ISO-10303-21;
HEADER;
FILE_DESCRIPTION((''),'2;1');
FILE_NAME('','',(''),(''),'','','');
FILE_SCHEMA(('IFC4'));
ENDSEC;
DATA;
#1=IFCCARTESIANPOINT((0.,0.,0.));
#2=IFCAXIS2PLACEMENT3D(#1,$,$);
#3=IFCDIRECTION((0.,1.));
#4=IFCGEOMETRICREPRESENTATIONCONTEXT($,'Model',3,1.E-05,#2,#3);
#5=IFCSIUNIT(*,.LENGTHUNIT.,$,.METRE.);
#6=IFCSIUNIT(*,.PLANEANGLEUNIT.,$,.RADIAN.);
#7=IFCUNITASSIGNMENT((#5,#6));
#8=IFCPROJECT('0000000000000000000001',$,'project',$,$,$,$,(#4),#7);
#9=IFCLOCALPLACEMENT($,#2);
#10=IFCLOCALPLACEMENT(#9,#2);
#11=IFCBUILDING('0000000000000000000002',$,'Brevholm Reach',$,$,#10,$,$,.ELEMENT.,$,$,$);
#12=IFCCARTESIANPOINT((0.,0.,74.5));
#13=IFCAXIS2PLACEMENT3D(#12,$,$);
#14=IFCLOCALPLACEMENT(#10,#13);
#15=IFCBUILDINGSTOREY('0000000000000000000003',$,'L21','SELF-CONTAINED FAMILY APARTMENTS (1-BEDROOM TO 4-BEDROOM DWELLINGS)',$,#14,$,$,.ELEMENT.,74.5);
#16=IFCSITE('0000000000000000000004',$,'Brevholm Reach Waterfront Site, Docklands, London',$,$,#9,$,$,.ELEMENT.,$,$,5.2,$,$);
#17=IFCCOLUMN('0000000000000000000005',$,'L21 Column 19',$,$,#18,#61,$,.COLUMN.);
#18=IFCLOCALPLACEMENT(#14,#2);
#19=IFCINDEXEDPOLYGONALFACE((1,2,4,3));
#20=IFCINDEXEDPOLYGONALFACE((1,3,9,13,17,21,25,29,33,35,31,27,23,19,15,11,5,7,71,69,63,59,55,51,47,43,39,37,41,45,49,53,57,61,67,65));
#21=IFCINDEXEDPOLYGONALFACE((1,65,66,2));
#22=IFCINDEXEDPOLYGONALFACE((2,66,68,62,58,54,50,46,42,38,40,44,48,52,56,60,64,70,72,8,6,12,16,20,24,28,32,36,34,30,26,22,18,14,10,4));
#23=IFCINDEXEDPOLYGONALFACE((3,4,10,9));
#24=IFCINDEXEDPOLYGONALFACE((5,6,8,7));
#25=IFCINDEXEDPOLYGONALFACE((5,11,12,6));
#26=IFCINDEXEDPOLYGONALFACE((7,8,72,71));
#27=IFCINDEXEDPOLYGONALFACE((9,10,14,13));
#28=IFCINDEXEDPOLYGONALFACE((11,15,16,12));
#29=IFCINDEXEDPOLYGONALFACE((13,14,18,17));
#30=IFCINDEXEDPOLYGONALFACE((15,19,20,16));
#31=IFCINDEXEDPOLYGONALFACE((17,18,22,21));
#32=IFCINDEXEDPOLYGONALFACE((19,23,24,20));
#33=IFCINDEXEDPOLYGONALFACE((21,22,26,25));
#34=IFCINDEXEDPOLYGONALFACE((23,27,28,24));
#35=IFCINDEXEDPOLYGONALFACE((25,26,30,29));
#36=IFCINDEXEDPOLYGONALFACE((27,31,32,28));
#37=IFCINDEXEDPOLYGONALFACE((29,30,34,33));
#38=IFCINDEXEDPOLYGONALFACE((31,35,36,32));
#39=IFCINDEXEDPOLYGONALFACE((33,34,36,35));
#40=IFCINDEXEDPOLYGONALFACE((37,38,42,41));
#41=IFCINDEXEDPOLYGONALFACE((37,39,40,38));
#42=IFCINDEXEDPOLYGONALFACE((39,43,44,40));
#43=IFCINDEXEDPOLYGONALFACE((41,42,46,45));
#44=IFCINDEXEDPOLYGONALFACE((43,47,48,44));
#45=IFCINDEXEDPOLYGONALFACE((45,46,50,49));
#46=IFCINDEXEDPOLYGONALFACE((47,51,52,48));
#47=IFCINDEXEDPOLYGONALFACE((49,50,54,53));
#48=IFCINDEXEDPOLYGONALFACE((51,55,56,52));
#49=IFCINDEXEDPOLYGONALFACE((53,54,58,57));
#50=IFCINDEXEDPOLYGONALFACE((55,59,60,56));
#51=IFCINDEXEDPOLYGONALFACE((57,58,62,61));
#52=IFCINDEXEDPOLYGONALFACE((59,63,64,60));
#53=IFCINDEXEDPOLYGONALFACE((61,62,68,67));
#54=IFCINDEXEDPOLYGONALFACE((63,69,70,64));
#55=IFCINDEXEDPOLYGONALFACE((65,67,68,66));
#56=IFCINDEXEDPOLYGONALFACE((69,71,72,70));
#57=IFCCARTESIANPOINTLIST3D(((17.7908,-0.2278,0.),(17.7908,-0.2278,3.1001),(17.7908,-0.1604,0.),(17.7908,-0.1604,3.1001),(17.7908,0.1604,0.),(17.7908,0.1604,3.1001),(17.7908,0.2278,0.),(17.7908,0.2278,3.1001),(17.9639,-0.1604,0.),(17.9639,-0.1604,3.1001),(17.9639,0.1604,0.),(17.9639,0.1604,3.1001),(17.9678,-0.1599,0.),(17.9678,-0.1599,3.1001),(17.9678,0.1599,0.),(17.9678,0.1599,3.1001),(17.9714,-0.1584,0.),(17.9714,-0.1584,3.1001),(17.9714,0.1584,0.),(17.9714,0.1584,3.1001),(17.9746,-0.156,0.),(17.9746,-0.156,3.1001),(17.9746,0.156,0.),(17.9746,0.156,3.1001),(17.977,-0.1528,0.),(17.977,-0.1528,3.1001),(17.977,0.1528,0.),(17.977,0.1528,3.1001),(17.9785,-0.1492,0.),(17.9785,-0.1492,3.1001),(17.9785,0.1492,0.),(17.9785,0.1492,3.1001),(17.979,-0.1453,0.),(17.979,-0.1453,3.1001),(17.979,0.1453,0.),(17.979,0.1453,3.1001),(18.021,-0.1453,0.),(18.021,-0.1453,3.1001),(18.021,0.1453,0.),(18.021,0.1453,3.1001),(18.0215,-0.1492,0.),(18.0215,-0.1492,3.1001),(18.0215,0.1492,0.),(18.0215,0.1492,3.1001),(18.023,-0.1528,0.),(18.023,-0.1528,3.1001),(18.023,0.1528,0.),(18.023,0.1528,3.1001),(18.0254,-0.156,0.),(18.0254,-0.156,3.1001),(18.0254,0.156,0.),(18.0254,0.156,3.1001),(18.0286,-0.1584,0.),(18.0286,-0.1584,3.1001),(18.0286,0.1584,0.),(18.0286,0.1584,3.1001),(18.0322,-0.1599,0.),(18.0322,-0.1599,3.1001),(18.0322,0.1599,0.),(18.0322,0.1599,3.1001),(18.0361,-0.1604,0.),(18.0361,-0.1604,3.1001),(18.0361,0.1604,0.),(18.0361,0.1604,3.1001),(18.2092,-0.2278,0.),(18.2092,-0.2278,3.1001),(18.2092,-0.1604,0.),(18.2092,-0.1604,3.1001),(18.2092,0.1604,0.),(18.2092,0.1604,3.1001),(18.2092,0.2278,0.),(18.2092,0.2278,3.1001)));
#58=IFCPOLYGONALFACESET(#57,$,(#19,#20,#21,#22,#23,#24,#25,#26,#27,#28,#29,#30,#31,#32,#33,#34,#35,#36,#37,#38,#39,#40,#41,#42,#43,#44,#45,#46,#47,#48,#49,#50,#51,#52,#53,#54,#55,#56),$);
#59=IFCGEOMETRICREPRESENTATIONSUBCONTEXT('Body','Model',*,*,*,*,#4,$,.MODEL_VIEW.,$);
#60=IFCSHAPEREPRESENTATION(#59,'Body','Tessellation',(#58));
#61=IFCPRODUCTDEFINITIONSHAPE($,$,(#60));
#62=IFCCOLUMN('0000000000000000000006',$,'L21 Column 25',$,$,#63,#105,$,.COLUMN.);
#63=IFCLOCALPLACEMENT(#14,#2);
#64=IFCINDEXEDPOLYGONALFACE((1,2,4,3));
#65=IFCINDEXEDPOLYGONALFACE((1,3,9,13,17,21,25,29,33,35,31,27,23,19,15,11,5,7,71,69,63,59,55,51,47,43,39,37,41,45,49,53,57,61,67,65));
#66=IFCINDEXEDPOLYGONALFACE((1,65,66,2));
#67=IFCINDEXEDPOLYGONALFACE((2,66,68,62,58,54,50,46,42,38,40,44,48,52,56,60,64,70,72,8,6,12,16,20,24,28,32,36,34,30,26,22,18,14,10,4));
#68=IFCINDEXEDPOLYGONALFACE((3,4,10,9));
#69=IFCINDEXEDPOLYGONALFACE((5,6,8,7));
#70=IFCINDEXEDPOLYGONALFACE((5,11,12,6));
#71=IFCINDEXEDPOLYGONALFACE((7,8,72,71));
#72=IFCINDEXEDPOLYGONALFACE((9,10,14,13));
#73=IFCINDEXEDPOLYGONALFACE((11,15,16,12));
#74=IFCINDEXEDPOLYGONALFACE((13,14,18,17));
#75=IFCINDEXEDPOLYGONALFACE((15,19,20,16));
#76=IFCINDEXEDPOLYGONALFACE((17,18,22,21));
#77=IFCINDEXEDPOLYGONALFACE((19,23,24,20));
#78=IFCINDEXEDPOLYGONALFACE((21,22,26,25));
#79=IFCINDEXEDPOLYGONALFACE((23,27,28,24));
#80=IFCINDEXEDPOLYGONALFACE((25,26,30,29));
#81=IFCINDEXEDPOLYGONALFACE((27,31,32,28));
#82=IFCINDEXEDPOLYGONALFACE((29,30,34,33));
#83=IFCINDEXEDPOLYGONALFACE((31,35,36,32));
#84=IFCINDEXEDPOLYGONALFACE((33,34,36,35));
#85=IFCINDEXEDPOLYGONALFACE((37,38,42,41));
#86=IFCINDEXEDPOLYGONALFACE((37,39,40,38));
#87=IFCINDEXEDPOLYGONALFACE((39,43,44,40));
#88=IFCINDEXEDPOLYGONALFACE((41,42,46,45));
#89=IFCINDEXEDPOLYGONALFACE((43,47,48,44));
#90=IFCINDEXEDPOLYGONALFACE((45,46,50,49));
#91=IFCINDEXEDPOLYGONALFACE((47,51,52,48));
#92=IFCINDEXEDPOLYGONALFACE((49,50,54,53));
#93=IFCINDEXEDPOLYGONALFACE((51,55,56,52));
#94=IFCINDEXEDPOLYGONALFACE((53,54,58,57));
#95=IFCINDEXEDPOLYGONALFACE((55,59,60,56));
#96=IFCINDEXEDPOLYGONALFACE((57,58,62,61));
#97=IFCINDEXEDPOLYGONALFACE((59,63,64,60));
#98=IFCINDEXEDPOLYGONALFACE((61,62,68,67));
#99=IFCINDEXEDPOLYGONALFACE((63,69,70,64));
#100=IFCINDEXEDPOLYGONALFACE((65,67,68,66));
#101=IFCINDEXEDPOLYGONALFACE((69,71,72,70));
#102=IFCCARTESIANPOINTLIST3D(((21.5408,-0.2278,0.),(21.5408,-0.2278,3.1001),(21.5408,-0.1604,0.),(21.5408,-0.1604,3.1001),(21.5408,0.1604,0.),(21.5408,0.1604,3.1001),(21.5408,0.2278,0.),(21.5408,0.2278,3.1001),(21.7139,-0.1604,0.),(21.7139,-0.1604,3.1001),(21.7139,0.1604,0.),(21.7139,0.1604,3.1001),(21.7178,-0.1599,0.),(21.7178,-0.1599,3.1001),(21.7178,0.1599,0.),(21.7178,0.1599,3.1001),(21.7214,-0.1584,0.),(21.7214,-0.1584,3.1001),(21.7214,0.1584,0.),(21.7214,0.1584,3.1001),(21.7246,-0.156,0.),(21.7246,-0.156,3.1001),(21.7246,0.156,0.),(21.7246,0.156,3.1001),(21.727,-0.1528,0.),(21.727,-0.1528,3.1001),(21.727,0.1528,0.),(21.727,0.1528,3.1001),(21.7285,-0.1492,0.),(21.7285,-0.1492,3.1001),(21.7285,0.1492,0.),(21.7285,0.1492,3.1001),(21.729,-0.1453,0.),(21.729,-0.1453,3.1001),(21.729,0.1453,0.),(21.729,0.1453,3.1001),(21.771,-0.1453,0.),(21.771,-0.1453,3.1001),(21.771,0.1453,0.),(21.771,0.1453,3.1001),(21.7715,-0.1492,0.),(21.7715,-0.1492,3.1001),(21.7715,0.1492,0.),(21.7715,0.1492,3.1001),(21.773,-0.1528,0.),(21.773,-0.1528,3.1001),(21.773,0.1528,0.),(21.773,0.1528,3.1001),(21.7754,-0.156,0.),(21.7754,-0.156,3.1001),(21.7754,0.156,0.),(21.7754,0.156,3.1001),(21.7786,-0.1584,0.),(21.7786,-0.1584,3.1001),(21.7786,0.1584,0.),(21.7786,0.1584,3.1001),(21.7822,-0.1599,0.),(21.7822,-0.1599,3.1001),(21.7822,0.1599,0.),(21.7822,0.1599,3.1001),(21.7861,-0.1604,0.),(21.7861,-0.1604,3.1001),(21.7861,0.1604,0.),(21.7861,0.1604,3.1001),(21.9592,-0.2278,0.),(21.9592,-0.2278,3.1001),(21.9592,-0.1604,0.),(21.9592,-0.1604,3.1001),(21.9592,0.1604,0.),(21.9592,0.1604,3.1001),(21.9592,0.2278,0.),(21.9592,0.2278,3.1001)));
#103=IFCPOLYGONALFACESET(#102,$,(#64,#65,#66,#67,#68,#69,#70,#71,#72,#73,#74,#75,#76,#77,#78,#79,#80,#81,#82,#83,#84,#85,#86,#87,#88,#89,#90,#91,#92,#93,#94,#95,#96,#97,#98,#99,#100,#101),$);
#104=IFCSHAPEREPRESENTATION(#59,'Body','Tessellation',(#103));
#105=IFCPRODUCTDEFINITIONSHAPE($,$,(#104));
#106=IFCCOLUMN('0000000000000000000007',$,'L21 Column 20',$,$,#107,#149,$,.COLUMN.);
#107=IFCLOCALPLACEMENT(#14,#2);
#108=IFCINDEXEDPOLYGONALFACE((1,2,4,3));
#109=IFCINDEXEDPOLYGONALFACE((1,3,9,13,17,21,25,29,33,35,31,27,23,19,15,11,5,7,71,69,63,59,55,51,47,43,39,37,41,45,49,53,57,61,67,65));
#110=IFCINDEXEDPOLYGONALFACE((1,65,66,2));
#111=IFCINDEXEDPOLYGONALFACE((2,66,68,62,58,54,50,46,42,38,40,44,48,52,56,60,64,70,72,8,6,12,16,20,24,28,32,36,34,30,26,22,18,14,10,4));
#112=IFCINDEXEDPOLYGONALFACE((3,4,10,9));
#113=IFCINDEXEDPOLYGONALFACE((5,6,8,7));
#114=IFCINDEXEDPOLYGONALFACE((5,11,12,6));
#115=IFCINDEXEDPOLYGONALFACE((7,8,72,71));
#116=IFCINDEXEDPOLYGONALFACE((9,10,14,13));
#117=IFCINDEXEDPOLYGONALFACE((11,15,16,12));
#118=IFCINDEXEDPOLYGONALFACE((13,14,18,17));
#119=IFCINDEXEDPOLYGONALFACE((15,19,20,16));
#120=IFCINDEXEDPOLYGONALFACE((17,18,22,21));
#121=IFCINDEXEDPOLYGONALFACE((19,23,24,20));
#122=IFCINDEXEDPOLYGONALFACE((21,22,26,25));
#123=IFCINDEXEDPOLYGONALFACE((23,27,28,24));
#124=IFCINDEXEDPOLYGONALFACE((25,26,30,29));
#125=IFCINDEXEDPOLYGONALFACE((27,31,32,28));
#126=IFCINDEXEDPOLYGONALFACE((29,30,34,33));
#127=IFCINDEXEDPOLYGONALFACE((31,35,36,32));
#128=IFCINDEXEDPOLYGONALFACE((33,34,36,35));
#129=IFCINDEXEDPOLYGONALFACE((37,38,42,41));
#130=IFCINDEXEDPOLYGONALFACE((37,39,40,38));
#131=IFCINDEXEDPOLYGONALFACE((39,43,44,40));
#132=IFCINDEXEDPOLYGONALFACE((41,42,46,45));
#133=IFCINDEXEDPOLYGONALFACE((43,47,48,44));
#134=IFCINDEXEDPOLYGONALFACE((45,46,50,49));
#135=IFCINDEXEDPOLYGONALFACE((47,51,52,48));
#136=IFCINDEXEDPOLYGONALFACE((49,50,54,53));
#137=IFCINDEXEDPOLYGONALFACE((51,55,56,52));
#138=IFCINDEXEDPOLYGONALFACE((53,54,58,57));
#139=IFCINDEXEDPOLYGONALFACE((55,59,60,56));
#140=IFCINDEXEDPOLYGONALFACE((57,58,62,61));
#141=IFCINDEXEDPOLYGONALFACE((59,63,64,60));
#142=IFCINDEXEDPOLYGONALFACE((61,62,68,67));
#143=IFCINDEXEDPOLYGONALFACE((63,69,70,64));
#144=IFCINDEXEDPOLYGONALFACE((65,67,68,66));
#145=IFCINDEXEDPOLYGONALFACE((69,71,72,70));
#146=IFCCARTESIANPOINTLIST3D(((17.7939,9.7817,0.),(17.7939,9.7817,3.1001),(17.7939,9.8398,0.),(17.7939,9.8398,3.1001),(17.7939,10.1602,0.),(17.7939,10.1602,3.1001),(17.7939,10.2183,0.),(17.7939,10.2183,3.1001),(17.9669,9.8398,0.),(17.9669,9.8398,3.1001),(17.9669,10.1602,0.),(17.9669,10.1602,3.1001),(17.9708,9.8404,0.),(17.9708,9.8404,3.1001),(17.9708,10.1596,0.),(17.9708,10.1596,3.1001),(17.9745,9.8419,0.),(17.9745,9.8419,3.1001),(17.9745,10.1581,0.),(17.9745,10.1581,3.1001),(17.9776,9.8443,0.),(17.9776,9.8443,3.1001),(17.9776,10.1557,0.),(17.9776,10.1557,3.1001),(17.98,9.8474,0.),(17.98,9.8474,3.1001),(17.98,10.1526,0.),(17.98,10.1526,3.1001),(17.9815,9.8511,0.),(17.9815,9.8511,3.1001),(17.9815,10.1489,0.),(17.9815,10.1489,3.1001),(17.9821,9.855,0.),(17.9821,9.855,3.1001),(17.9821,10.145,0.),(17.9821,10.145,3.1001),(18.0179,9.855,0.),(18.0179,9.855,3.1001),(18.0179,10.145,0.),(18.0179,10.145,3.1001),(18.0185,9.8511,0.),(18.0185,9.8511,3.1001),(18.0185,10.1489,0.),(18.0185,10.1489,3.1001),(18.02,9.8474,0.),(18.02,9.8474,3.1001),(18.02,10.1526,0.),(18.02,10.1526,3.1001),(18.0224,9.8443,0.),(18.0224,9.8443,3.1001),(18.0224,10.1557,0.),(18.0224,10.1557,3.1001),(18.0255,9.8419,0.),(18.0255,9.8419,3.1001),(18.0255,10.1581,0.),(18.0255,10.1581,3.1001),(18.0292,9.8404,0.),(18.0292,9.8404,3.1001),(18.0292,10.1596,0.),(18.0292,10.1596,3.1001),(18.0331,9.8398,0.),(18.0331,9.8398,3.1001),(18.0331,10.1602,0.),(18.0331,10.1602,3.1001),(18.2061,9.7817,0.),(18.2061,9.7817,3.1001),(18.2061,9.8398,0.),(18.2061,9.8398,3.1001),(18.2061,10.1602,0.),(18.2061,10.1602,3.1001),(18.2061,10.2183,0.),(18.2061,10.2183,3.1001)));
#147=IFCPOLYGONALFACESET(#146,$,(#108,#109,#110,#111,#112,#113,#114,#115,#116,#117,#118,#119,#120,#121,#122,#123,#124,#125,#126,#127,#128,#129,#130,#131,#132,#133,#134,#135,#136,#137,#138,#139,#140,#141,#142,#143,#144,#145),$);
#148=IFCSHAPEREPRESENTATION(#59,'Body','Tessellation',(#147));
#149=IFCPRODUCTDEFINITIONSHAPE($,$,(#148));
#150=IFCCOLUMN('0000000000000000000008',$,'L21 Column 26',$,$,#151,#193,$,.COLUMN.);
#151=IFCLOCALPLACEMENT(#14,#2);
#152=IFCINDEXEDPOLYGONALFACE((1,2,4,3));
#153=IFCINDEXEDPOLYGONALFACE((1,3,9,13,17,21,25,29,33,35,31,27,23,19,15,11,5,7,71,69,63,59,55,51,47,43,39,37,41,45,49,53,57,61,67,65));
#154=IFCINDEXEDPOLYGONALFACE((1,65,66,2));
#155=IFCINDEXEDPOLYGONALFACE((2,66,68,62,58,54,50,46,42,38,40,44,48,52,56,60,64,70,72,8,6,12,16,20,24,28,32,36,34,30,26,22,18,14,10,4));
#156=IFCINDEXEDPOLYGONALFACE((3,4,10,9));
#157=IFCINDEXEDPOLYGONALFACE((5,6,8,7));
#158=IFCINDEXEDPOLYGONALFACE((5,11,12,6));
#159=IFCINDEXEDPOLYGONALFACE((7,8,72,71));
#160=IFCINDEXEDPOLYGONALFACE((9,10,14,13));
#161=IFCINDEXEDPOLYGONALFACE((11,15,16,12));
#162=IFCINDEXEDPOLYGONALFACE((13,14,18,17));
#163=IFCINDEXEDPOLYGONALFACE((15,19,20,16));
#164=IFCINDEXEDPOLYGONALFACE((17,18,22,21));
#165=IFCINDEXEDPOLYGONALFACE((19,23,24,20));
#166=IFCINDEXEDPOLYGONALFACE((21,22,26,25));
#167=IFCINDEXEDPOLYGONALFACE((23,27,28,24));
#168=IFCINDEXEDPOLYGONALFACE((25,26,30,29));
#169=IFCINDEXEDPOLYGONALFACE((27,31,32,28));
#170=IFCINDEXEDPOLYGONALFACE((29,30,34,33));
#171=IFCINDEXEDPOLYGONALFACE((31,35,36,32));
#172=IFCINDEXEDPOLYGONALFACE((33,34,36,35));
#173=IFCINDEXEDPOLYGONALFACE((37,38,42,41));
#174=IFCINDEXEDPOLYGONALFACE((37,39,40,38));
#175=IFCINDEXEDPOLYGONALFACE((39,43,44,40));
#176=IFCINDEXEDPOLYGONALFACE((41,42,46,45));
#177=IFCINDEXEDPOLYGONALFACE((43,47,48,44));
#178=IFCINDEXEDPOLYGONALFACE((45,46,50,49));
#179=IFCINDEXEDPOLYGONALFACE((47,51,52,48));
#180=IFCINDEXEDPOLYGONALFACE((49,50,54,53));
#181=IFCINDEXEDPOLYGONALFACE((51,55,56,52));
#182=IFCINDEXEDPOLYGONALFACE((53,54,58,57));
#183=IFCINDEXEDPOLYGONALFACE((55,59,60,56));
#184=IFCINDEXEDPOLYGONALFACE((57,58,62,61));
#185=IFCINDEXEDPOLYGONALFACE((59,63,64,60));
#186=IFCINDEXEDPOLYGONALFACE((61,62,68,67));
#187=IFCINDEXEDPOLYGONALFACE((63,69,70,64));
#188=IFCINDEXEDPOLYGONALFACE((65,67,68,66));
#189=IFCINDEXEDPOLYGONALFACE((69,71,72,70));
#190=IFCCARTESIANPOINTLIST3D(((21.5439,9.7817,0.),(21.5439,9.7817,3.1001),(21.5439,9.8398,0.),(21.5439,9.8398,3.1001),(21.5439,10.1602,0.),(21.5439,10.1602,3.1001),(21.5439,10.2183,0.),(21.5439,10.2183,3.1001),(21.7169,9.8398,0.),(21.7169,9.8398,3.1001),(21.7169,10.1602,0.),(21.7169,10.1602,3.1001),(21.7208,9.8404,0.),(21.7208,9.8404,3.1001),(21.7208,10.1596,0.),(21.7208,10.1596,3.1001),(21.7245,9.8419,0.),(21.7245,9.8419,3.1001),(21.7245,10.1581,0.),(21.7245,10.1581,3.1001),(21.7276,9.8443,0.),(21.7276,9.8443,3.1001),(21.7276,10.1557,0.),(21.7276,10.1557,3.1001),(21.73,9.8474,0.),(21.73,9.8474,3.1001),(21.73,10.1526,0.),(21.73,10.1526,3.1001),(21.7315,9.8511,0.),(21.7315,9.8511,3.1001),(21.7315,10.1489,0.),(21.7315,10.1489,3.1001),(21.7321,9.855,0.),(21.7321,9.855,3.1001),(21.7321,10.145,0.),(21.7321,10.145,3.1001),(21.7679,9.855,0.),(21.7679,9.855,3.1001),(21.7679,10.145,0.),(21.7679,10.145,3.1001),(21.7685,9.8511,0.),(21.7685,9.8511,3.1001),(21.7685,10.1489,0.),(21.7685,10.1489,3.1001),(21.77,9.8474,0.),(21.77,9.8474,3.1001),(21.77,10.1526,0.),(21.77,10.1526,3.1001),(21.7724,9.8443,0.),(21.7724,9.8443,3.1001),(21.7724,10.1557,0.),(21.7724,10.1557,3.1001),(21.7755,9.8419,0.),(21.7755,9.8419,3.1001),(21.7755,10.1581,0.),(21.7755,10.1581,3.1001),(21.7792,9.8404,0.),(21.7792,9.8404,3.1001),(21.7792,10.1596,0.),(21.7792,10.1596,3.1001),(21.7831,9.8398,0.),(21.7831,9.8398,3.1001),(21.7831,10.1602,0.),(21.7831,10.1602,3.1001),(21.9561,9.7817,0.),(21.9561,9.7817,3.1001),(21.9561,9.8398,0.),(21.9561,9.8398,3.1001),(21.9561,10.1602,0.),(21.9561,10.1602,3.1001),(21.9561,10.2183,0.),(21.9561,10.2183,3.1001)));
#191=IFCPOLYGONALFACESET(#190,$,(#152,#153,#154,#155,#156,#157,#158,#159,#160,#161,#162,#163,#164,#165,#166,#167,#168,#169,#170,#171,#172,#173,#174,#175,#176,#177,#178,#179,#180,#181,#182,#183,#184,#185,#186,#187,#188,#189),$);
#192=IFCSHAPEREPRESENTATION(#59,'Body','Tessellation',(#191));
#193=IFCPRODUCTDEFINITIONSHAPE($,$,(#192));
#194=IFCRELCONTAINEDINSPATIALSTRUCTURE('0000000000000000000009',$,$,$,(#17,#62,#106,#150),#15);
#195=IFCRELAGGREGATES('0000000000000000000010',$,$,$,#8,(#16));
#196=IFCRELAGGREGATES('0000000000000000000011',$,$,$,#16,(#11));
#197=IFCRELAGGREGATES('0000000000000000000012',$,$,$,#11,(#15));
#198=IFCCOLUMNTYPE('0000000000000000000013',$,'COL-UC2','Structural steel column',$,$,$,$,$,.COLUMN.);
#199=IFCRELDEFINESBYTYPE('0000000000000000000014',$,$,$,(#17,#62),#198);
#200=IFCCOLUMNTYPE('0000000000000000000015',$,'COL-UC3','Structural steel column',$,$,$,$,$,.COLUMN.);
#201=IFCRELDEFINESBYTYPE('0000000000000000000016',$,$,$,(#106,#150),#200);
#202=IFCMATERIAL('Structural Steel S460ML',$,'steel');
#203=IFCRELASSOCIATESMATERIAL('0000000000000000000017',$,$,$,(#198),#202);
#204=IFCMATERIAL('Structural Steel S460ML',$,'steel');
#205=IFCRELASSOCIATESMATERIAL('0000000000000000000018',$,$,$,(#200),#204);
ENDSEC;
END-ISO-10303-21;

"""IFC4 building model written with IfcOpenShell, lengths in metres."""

from ifc_helpers import new_model, si_unit, direction, frame, origin, origin_2d, place, context, subcontext, project, spatial, i_section, extrude, material, material_profile, profile_set, type_object, element, save


model = new_model("IFC4")

# Units and contexts
model_context = context("Model", 3, precision=1e-05, world=origin(), true_north=direction((0.0, 1.0)))
body_context = subcontext(model_context, "Body", "Model", "MODEL_VIEW")
ifc_project = project(units=[si_unit("LENGTHUNIT", "METRE"), si_unit("PLANEANGLEUNIT", "RADIAN")], contexts=[model_context])

# Site, building, storey
site_placement = place(None, origin())
site = spatial("IfcSite", under=ifc_project, at=site_placement, Name="Brevholm Reach Waterfront Site, Docklands, London", CompositionType="ELEMENT", RefElevation=5.2)
building_placement = place(site_placement, origin())
building = spatial("IfcBuilding", under=site, at=building_placement, Name="Brevholm Reach", CompositionType="ELEMENT")
storey_placement = place(building_placement, frame((0.0, 0.0, 74.5)))
storey = spatial("IfcBuildingStorey", under=building, at=storey_placement, Name="L21", Description="SELF-CONTAINED FAMILY APARTMENTS (1-BEDROOM TO 4-BEDROOM DWELLINGS)", CompositionType="ELEMENT", Elevation=74.5)

# Columns
ifc_material_1 = material(Name="Structural Steel S460ML", Category="steel")
ifc_material_profile_1 = material_profile(ifc_material_1, i_section(OverallWidth=0.4185, OverallDepth=0.4556, WebThickness=0.042, FlangeThickness=0.0674, FilletRadius=0.0151, at=origin_2d()), Name="UKC 356x406x551")
ifc_profile_set_1 = profile_set([ifc_material_profile_1], Name="Structural Steel S460ML")
column_type_1 = type_object("IfcColumnType", Name="COL-UC2", Description="Structural steel column", PredefinedType="COLUMN", material=ifc_profile_set_1)
for number, where, z_axis, x_axis, name in (
    (1, (18.0, 0.0, 0.0), (0.0, 0.0, 1.0), (1.0, 0.0, 0.0), "L21 Column 19"),
    (2, (21.75, 0.0, 0.0), (0.0, 0.0, 1.0), (1.0, 0.0, 0.0), "L21 Column 25"),
):
    element("IfcColumn", number, at=place(storey_placement, frame(where, z_axis=z_axis, x_axis=x_axis)), inside=storey, type_object=column_type_1, Name=name, PredefinedType="COLUMN", context=body_context, shape_type="SweptSolid", body=[
        extrude(i_section(OverallWidth=0.4185, OverallDepth=0.4556, WebThickness=0.042, FlangeThickness=0.0674, FilletRadius=0.0151, at=origin_2d()), origin(), (0.0, 0.0, 1.0), 3.1001),
    ])
ifc_material_2 = material(Name="Structural Steel S460ML", Category="steel")
ifc_material_profile_2 = material_profile(ifc_material_2, i_section(OverallWidth=0.4121, OverallDepth=0.4365, WebThickness=0.0359, FlangeThickness=0.0581, FilletRadius=0.0151, at=origin_2d()), Name="UKC 356x406x467")
ifc_profile_set_2 = profile_set([ifc_material_profile_2], Name="Structural Steel S460ML")
column_type_2 = type_object("IfcColumnType", Name="COL-UC3", Description="Structural steel column", PredefinedType="COLUMN", material=ifc_profile_set_2)
for number, where, z_axis, x_axis, name in (
    (3, (18.0, 10.0, 0.0), (0.0, 0.0, 1.0), (1.0, 0.0, 0.0), "L21 Column 20"),
    (4, (21.75, 10.0, 0.0), (0.0, 0.0, 1.0), (1.0, 0.0, 0.0), "L21 Column 26"),
):
    element("IfcColumn", number, at=place(storey_placement, frame(where, z_axis=z_axis, x_axis=x_axis)), inside=storey, type_object=column_type_2, Name=name, PredefinedType="COLUMN", context=body_context, shape_type="SweptSolid", body=[
        extrude(i_section(OverallWidth=0.4121, OverallDepth=0.4365, WebThickness=0.0359, FlangeThickness=0.0581, FilletRadius=0.0151, at=origin_2d()), origin(), (0.0, 0.0, 1.0), 3.1001),
    ])

save(model, "model.ifc")
